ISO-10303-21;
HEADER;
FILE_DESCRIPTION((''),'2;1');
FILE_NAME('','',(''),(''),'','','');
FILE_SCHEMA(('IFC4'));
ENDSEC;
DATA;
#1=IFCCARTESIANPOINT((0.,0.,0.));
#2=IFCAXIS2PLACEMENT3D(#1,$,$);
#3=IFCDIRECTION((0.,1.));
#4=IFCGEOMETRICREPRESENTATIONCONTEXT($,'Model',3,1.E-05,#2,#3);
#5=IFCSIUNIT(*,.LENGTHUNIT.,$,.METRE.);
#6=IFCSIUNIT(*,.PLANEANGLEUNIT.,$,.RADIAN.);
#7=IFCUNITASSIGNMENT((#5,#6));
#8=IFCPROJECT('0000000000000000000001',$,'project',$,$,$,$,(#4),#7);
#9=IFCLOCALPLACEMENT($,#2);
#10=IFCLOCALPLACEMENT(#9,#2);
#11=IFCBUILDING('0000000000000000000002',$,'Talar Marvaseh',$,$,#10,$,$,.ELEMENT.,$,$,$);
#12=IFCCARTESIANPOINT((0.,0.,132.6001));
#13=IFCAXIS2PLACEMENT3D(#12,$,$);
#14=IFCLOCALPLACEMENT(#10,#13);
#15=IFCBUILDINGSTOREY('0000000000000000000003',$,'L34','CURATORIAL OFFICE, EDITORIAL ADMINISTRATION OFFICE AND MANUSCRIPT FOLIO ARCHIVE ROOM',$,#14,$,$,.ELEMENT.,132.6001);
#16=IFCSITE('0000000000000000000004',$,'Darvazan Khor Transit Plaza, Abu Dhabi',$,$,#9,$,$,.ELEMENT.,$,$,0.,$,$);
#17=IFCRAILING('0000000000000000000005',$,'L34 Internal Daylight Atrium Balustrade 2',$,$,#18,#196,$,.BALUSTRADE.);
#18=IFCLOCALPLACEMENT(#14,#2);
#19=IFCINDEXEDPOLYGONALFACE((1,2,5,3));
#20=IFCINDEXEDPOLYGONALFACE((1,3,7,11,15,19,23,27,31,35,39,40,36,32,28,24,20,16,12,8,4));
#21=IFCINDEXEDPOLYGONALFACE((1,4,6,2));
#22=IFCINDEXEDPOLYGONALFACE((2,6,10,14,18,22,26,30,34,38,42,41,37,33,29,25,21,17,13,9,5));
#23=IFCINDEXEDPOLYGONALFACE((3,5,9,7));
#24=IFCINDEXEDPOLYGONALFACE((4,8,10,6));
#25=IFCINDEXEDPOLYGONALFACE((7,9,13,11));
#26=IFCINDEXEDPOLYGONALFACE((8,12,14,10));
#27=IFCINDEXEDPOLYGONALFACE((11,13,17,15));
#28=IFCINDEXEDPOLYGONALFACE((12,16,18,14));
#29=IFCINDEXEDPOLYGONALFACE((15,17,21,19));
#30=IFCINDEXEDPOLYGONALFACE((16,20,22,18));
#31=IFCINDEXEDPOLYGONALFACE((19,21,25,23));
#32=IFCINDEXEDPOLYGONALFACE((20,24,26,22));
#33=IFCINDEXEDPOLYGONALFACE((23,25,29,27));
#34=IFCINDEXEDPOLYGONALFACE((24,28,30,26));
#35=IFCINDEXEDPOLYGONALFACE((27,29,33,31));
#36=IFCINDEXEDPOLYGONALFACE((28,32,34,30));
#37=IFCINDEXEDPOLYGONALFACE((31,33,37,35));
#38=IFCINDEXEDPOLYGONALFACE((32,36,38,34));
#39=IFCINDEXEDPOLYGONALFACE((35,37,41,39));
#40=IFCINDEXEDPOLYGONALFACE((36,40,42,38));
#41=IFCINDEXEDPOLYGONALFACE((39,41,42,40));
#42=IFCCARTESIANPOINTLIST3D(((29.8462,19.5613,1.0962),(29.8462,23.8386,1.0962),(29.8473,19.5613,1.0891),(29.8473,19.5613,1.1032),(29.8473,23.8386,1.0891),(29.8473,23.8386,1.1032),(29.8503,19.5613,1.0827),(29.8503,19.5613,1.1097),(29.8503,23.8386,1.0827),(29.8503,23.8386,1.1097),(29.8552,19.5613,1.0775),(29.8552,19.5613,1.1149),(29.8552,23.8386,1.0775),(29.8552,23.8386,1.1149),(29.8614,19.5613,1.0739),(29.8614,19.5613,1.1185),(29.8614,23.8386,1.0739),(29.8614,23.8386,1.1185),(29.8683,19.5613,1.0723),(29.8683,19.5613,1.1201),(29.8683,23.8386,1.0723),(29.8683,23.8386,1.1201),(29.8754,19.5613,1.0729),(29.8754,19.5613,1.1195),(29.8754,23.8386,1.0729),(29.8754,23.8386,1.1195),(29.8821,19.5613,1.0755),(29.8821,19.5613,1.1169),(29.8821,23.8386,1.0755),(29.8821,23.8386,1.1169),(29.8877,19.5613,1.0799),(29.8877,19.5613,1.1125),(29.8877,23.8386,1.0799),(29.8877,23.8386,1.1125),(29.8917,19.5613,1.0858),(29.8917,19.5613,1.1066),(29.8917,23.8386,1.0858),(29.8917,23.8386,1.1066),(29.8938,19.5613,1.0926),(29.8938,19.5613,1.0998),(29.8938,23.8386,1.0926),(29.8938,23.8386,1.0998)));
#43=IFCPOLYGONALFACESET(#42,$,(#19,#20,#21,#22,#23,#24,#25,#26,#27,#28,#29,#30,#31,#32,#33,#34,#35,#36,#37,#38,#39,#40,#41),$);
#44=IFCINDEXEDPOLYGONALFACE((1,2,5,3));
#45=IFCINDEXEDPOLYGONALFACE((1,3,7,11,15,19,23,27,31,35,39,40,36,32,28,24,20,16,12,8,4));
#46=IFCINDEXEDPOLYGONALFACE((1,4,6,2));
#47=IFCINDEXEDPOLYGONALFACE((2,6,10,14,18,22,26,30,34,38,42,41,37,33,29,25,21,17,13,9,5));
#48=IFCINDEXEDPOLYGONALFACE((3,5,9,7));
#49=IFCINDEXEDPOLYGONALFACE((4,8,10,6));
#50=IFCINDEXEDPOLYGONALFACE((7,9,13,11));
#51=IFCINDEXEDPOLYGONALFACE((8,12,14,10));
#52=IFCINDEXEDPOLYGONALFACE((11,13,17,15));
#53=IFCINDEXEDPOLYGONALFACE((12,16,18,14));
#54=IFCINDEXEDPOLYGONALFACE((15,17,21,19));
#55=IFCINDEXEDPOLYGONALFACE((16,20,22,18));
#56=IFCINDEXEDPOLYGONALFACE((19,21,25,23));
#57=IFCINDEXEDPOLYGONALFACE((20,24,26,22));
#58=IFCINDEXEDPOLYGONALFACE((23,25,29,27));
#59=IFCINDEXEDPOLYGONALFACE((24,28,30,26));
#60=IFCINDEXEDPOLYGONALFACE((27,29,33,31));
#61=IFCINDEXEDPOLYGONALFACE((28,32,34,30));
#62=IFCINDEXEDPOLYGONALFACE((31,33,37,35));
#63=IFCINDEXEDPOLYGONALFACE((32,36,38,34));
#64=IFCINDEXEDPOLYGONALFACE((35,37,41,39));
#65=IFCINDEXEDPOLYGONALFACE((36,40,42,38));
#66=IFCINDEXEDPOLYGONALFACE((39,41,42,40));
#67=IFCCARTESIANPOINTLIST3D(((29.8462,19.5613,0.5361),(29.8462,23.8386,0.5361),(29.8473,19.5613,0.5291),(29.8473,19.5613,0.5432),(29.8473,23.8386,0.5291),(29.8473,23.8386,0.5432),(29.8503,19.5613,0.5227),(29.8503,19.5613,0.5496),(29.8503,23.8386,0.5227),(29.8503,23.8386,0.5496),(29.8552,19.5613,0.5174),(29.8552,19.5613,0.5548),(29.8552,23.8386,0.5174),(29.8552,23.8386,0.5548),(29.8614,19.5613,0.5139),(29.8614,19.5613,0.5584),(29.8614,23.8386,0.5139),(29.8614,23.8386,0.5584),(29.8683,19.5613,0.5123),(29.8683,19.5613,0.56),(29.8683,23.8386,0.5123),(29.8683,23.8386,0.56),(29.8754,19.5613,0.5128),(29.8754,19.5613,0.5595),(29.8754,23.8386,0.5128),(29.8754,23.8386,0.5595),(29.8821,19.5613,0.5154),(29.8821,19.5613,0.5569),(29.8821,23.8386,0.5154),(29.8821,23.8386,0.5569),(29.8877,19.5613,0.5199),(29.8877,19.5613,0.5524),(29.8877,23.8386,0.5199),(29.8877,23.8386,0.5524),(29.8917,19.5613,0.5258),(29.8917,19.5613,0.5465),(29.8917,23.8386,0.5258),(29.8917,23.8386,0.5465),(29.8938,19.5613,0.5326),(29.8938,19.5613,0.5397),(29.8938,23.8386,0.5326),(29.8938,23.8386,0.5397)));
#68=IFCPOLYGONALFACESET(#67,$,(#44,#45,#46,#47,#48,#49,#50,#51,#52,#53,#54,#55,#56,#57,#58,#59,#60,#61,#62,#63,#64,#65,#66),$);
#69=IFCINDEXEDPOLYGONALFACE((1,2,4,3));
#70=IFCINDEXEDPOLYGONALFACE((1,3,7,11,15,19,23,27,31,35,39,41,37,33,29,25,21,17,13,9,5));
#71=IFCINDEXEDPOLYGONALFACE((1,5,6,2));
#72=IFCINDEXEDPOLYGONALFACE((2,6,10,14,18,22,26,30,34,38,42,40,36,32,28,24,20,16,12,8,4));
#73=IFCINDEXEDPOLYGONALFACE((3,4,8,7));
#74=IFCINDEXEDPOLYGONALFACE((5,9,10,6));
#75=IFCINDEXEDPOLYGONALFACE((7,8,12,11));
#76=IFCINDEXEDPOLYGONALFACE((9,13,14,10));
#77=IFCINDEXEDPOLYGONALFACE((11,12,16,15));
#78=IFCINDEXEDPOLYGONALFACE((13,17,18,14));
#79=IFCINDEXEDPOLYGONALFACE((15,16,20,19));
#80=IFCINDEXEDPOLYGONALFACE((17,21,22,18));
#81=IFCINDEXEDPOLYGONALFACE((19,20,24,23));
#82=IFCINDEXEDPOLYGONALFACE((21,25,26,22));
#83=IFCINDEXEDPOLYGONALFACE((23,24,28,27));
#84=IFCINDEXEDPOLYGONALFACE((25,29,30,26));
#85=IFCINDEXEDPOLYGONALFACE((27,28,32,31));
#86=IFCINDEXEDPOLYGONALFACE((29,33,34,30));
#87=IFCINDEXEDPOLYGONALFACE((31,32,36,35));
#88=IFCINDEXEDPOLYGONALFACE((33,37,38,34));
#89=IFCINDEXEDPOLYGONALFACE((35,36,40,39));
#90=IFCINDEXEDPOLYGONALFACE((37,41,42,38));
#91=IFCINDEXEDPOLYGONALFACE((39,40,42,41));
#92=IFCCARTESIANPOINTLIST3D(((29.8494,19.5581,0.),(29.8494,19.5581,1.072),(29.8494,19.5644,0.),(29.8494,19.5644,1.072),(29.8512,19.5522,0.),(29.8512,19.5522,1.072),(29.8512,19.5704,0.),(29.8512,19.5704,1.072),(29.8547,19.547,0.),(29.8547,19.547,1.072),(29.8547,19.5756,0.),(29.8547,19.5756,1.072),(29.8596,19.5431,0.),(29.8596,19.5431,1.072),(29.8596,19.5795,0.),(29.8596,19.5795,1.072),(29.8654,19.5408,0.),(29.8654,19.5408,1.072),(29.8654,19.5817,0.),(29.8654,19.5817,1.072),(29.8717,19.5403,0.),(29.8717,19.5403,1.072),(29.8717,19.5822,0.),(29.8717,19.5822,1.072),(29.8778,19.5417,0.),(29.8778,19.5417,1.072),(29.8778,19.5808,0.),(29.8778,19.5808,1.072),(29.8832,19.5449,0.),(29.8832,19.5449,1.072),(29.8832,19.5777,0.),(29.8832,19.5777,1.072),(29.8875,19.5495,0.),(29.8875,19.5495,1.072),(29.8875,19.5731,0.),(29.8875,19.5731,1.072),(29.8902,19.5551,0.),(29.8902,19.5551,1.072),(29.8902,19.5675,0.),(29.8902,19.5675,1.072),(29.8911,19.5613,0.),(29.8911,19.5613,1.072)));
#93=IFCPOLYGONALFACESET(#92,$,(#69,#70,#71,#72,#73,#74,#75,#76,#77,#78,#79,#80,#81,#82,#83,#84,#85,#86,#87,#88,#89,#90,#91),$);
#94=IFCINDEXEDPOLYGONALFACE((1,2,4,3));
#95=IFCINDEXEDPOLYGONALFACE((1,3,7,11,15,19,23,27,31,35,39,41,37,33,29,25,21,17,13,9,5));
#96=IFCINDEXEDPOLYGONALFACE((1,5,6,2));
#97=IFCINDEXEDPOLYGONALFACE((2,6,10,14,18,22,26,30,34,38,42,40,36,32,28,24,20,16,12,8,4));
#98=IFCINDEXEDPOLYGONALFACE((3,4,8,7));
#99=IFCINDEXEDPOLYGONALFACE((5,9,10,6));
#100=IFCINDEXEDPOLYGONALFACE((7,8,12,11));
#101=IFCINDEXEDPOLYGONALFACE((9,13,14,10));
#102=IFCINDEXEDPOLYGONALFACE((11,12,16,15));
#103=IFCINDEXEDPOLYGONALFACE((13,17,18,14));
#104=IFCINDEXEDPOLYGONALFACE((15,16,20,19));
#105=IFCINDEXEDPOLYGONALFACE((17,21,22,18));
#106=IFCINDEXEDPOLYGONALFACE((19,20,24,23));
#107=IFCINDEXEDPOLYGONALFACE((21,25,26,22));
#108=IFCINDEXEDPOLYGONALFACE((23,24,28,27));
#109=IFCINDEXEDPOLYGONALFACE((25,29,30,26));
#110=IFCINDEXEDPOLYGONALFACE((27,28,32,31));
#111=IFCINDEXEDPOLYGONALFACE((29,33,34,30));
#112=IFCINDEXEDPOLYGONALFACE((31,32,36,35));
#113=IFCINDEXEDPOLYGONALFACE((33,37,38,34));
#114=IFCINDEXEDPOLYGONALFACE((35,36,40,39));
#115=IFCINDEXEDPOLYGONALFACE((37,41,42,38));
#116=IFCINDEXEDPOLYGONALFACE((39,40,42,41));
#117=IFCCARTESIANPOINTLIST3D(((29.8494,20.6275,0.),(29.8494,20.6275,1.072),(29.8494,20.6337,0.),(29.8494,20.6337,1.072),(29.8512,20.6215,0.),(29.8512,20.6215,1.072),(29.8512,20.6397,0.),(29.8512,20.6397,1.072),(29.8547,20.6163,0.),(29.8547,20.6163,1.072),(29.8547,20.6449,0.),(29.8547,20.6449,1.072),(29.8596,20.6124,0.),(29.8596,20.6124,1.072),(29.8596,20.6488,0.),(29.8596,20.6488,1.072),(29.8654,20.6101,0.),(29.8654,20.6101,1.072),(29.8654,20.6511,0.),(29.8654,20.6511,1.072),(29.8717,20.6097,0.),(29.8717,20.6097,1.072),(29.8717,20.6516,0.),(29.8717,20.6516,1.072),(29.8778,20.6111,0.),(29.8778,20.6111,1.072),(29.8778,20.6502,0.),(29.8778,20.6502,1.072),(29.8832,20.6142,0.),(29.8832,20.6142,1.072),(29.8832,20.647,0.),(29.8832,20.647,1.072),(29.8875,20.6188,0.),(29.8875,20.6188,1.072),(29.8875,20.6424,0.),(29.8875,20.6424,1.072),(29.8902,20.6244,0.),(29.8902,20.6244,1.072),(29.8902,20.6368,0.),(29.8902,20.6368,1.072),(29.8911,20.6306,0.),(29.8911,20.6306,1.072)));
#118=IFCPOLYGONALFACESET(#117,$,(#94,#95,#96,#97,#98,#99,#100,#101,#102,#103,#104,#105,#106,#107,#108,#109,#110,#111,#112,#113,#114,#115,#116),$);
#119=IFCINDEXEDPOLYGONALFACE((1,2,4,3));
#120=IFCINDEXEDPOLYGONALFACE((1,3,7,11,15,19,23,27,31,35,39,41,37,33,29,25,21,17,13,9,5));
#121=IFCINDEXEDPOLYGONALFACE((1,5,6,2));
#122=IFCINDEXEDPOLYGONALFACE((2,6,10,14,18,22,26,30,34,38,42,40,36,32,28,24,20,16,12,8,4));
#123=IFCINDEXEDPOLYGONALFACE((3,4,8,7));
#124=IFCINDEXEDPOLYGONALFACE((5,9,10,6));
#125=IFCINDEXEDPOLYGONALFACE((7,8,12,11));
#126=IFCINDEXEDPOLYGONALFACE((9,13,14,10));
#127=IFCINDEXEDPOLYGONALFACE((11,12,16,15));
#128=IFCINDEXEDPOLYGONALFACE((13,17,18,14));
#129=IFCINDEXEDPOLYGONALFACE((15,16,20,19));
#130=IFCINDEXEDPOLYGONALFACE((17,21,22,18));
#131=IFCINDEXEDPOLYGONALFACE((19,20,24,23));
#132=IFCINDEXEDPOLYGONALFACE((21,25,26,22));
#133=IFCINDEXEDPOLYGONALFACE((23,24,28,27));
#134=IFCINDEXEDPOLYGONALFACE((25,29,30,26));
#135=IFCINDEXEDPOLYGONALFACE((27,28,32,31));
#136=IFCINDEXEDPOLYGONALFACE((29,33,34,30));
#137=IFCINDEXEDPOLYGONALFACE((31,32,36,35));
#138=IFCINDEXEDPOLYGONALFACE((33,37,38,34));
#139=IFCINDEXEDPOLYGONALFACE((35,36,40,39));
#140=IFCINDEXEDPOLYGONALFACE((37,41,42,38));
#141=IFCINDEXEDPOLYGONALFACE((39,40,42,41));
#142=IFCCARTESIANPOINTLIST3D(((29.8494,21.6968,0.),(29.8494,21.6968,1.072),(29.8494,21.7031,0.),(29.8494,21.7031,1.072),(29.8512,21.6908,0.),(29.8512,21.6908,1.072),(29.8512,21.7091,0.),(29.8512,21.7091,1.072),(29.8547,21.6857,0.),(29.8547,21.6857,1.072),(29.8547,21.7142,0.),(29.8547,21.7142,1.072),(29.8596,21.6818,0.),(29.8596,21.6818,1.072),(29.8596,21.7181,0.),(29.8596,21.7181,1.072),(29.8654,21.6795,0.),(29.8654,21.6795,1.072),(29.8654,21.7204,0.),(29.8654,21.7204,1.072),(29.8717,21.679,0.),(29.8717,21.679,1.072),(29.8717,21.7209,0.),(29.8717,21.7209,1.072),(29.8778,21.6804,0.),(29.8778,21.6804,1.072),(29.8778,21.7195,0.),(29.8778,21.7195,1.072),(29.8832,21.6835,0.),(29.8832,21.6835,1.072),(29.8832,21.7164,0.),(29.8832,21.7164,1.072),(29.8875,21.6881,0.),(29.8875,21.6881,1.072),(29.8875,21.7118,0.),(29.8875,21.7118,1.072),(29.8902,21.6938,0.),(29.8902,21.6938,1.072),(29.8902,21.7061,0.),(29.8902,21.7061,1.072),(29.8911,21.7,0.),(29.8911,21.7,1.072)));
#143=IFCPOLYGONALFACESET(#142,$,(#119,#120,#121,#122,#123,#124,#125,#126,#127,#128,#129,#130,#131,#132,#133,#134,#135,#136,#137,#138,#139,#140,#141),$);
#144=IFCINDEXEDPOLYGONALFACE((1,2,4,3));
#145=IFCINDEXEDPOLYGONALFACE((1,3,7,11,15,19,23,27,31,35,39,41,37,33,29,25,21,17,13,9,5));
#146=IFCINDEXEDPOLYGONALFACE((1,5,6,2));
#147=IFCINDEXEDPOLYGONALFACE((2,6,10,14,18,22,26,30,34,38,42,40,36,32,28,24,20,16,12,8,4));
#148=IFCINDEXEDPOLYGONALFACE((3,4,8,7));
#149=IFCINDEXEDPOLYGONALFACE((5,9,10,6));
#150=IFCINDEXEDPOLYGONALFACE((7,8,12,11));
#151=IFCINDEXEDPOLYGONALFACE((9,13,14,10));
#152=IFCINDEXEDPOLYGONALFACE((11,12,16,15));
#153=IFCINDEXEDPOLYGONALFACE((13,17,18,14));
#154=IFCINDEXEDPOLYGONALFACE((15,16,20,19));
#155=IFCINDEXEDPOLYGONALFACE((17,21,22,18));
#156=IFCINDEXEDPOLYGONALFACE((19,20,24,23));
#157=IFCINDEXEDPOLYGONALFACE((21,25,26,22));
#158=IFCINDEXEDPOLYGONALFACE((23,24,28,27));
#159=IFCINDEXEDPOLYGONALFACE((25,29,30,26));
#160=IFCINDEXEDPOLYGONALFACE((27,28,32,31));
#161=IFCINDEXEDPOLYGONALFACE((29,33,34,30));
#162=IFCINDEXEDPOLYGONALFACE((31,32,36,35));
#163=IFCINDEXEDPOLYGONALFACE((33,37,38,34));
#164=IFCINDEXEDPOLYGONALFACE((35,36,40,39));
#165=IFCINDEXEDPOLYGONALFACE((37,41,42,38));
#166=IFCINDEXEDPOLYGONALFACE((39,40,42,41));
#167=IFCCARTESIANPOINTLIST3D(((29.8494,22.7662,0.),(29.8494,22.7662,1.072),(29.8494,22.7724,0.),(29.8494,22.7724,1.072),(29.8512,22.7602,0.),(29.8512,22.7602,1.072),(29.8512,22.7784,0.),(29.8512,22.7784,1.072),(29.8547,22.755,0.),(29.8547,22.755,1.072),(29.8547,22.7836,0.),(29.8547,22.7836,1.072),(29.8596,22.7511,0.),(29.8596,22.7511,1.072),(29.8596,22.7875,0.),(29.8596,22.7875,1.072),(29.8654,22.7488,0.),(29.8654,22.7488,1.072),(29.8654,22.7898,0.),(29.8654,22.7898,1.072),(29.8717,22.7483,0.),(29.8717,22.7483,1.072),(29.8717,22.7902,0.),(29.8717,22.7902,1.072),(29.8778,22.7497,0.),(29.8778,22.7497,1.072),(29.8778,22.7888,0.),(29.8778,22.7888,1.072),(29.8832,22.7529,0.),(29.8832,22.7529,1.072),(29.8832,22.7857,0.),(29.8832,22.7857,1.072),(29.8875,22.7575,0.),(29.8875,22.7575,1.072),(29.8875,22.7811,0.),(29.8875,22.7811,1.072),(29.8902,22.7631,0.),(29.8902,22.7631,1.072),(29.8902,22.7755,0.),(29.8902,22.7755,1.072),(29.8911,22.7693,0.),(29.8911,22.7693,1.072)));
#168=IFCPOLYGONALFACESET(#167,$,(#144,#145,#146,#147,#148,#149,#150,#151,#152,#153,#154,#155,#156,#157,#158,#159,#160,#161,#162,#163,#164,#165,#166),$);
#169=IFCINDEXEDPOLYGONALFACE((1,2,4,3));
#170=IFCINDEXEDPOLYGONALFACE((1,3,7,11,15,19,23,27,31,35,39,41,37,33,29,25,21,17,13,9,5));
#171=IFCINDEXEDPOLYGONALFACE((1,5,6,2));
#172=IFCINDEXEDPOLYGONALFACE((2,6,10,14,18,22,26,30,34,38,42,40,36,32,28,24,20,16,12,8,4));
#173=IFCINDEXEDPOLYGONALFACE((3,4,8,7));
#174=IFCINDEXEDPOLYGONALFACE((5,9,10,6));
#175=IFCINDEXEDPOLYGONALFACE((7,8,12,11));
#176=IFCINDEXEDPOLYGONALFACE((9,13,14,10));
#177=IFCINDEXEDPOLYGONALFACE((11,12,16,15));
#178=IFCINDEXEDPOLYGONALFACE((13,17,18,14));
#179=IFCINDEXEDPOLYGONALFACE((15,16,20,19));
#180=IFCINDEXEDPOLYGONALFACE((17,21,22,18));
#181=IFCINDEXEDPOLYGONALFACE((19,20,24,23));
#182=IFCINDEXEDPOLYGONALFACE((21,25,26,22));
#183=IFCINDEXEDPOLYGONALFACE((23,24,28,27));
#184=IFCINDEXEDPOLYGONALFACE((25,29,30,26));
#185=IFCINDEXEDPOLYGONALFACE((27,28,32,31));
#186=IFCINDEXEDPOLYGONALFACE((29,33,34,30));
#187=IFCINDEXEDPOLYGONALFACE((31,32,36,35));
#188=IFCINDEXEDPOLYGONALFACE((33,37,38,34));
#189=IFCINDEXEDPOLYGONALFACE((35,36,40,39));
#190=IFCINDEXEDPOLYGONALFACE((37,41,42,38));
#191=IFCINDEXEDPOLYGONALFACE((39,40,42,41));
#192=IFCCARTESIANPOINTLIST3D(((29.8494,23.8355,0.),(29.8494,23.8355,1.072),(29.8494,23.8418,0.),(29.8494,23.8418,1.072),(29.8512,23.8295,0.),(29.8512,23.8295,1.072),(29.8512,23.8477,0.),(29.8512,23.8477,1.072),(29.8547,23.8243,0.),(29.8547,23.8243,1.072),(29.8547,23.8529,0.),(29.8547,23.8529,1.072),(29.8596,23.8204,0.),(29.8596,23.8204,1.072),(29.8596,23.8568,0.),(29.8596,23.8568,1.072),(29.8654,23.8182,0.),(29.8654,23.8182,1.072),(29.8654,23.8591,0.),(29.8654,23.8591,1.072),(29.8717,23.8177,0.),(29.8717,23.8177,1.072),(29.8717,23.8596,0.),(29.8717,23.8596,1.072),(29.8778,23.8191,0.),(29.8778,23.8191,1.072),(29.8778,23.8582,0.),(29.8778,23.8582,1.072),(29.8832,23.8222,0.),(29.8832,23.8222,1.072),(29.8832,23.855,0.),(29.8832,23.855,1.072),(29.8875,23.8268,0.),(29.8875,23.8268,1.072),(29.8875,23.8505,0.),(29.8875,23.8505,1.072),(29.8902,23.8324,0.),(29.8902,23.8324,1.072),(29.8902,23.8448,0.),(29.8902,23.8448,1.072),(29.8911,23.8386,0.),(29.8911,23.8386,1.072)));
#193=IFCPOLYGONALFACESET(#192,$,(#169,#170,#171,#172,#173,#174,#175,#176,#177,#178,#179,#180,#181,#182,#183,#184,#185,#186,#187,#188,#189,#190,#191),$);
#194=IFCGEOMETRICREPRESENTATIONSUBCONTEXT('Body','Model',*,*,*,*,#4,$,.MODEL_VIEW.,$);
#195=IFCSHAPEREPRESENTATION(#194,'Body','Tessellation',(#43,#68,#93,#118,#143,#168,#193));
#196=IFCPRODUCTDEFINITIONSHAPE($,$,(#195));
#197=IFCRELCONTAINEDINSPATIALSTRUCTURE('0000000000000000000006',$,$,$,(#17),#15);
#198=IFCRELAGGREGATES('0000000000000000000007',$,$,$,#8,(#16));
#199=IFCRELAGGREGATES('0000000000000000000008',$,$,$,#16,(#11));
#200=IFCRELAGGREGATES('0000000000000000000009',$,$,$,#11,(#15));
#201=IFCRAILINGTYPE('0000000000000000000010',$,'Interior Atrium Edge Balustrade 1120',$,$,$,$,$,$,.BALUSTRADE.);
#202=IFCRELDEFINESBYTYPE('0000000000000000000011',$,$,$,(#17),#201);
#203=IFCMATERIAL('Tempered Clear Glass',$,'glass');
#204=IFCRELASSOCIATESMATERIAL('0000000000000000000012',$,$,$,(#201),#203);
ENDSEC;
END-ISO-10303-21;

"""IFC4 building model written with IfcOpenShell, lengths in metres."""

from ifc_helpers import new_model, si_unit, direction, frame, origin, origin_2d, place, context, subcontext, project, spatial, circle, extrude, material, type_object, element, save


model = new_model("IFC4")

# Units and contexts
model_context = context("Model", 3, precision=1e-05, world=origin(), true_north=direction((0.0, 1.0)))
body_context = subcontext(model_context, "Body", "Model", "MODEL_VIEW")
ifc_project = project(units=[si_unit("LENGTHUNIT", "METRE"), si_unit("PLANEANGLEUNIT", "RADIAN")], contexts=[model_context])

# Site, building, storey
site_placement = place(None, origin())
site = spatial("IfcSite", under=ifc_project, at=site_placement, Name="Darvazan Khor Transit Plaza, Abu Dhabi", CompositionType="ELEMENT", RefElevation=0.0)
building_placement = place(site_placement, origin())
building = spatial("IfcBuilding", under=site, at=building_placement, Name="Talar Marvaseh", CompositionType="ELEMENT")
storey_placement = place(building_placement, frame((0.0, 0.0, 132.6001)))
storey = spatial("IfcBuildingStorey", under=building, at=storey_placement, Name="L34", Description="CURATORIAL OFFICE, EDITORIAL ADMINISTRATION OFFICE AND MANUSCRIPT FOLIO ARCHIVE ROOM", CompositionType="ELEMENT", Elevation=132.6001)

# Railing
ifc_material_1 = material(Name="Tempered Clear Glass", Category="glass")
railing_type_1 = type_object("IfcRailingType", Name="Interior Atrium Edge Balustrade 1120", PredefinedType="BALUSTRADE", material=ifc_material_1)
railing_1_placement = place(storey_placement, frame((29.8701, 19.5613, 0.0)))
element("IfcRailing", 1, at=railing_1_placement, inside=storey, type_object=railing_type_1, Name="L34 Internal Daylight Atrium Balustrade 2", PredefinedType="BALUSTRADE", context=body_context, shape_type="SweptSolid", body=[
    extrude(circle(Radius=0.0239, at=origin_2d()), frame((0.0, 0.0, 1.0962), z_axis=(0.0, 1.0, 0.0), x_axis=(-1.0, 0.0, 0.0)), (0.0, 0.0, 1.0), 4.2773),
    extrude(circle(Radius=0.0239, at=origin_2d()), frame((0.0, 0.0, 0.5361), z_axis=(0.0, 1.0, 0.0), x_axis=(-1.0, 0.0, 0.0)), (0.0, 0.0, 1.0), 4.2773),
    extrude(circle(Radius=0.021, at=origin_2d()), origin(), (0.0, 0.0, 1.0), 1.072),
    extrude(circle(Radius=0.021, at=origin_2d()), frame((0.0, 1.0693, 0.0)), (0.0, 0.0, 1.0), 1.072),
    extrude(circle(Radius=0.021, at=origin_2d()), frame((0.0, 2.1387, 0.0)), (0.0, 0.0, 1.0), 1.072),
    extrude(circle(Radius=0.021, at=origin_2d()), frame((0.0, 3.208, 0.0)), (0.0, 0.0, 1.0), 1.072),
    extrude(circle(Radius=0.021, at=origin_2d()), frame((0.0, 4.2773, 0.0)), (0.0, 0.0, 1.0), 1.072),
])

save(model, "model.ifc")
